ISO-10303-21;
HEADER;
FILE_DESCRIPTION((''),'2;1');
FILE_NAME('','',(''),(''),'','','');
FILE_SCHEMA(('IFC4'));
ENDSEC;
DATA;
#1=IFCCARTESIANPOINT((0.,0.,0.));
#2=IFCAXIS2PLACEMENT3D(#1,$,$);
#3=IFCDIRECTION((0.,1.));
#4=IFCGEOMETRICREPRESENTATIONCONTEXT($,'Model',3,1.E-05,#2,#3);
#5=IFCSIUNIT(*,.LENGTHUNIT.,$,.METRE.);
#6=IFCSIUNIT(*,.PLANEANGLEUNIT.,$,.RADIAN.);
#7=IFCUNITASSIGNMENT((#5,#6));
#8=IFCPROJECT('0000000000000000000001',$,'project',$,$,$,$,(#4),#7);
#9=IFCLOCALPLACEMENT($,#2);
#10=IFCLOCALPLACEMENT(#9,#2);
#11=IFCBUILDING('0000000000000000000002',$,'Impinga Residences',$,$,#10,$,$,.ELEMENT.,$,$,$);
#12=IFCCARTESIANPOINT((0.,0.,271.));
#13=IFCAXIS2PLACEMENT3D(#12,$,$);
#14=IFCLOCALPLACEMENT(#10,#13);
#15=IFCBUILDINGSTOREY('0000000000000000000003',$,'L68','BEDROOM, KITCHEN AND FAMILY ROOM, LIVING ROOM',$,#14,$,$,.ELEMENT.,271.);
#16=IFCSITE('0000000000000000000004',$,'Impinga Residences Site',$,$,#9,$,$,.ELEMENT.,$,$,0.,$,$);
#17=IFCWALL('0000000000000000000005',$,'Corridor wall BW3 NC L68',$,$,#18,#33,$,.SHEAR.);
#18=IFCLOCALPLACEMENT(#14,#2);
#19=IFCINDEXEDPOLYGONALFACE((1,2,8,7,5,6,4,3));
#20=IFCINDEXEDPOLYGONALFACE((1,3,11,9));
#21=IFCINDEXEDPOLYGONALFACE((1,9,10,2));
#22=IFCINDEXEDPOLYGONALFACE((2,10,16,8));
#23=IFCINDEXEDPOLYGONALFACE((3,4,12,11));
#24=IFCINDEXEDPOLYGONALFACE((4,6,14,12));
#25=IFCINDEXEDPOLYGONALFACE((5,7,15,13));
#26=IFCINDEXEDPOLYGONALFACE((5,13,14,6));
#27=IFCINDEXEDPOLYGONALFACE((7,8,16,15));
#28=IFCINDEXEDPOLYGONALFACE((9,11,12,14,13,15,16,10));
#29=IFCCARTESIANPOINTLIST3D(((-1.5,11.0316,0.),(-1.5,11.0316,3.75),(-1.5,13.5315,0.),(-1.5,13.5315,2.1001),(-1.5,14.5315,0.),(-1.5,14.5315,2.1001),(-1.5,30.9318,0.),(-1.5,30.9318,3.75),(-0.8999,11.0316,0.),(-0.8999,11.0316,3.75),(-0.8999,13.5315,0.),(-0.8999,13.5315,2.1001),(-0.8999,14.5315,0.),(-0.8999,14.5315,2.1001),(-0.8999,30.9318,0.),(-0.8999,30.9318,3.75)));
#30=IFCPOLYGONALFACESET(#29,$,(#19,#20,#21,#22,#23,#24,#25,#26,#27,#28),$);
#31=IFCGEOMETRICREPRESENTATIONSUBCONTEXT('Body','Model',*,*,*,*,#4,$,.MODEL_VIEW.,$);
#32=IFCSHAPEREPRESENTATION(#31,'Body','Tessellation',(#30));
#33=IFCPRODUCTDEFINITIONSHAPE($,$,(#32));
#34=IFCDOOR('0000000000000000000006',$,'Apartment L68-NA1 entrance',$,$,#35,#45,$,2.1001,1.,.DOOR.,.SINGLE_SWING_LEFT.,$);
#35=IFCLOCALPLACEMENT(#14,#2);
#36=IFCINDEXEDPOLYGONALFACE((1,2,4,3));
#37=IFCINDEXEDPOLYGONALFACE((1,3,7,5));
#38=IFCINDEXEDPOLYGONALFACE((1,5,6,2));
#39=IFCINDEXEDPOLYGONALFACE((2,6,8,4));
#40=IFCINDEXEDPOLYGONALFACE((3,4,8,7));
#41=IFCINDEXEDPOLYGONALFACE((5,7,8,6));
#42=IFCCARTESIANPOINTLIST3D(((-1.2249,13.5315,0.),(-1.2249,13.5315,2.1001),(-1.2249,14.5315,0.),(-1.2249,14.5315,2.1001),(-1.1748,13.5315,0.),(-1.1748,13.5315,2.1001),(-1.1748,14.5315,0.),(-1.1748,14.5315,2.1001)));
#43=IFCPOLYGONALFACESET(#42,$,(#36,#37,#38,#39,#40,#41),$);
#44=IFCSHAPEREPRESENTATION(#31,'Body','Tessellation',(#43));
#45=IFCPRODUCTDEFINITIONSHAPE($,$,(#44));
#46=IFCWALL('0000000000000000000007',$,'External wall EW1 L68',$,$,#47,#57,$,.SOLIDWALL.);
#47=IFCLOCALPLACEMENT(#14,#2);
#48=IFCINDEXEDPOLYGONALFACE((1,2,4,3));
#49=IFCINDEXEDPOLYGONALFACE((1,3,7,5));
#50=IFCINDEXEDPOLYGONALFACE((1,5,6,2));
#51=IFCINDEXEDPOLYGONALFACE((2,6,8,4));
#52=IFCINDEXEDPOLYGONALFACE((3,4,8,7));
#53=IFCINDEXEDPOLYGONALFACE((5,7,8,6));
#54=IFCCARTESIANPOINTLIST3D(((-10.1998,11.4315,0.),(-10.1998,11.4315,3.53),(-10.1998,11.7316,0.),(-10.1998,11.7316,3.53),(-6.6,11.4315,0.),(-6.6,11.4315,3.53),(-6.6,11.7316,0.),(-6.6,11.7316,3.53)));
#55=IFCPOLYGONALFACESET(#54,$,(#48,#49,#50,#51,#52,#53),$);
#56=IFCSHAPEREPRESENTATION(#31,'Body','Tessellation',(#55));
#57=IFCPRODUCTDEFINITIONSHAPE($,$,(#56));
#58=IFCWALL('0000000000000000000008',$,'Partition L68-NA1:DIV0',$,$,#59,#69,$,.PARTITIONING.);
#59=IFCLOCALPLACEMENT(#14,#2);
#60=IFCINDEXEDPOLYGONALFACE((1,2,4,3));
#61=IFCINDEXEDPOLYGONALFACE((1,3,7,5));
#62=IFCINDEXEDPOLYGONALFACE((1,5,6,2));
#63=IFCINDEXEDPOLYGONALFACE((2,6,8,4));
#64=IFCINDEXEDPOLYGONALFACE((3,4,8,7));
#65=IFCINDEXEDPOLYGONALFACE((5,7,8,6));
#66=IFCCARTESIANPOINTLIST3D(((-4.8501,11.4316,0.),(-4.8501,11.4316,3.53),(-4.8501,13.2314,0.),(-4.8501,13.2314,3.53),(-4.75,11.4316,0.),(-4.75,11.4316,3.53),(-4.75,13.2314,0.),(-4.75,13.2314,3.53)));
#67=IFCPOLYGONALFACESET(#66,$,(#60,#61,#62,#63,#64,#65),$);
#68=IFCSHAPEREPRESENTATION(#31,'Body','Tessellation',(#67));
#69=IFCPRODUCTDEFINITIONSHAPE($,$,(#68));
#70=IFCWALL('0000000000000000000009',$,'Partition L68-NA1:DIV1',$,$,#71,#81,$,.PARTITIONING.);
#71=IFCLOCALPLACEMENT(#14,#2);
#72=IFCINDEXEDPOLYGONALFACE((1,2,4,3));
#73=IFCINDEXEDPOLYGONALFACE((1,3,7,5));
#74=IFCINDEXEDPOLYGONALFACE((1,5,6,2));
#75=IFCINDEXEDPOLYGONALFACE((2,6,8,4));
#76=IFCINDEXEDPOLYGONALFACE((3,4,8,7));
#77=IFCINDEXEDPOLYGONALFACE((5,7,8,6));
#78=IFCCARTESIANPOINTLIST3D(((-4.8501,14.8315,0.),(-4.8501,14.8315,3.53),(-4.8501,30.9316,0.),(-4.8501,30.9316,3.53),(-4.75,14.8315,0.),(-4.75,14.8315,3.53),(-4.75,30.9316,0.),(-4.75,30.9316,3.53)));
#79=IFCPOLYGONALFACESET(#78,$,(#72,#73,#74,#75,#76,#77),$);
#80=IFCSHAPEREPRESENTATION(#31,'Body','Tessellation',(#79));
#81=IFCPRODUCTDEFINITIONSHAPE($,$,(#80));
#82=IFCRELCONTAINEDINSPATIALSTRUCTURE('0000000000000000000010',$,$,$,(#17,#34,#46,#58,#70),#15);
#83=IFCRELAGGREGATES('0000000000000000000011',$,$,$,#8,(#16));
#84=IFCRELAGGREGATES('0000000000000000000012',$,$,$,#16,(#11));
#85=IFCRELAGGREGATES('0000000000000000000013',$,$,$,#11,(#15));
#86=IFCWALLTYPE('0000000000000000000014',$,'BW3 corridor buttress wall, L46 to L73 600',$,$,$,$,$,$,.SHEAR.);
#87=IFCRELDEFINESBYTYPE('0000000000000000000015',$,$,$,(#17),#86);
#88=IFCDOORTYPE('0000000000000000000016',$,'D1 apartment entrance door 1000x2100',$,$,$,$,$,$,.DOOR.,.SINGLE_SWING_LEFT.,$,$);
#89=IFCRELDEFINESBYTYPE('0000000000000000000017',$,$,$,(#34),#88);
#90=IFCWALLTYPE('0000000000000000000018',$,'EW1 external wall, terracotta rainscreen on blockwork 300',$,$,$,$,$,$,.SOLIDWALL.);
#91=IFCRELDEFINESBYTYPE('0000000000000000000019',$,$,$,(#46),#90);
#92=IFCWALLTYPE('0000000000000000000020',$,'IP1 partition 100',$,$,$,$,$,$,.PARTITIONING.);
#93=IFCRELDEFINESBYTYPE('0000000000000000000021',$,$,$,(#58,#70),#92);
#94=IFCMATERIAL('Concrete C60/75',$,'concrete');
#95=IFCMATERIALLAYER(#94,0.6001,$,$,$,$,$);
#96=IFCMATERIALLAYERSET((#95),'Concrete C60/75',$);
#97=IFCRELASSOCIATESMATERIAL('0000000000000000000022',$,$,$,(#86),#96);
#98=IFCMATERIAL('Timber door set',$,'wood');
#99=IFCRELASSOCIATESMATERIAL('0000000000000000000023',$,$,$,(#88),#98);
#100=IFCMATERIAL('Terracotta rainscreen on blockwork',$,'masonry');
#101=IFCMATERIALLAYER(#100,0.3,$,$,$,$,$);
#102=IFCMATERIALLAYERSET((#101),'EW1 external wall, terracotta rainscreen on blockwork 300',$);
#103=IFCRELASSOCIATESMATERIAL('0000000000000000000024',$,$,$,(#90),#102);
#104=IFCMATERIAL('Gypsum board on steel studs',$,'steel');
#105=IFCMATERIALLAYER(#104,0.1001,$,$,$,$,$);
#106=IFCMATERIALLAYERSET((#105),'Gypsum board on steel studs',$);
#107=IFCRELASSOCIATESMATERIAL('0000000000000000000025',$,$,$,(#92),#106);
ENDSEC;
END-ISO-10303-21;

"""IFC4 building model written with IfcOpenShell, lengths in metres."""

from ifc_helpers import new_model, si_unit, direction, frame, frame_2d, origin, place, context, subcontext, project, spatial, rectangle, extrude, material, layer, layer_set, type_object, element, fill, save


model = new_model("IFC4")

# Units and contexts
model_context = context("Model", 3, precision=1e-05, world=origin(), true_north=direction((0.0, 1.0)))
body_context = subcontext(model_context, "Body", "Model", "MODEL_VIEW")
ifc_project = project(units=[si_unit("LENGTHUNIT", "METRE"), si_unit("PLANEANGLEUNIT", "RADIAN")], contexts=[model_context])

# Site, building, storey
site_placement = place(None, origin())
site = spatial("IfcSite", under=ifc_project, at=site_placement, Name="Impinga Residences Site", CompositionType="ELEMENT", RefElevation=0.0)
building_placement = place(site_placement, origin())
building = spatial("IfcBuilding", under=site, at=building_placement, Name="Impinga Residences", CompositionType="ELEMENT")
storey_placement = place(building_placement, frame((0.0, 0.0, 271.0)))
storey = spatial("IfcBuildingStorey", under=building, at=storey_placement, Name="L68", Description="BEDROOM, KITCHEN AND FAMILY ROOM, LIVING ROOM", CompositionType="ELEMENT", Elevation=271.0)

# Wall, opening, door
ifc_material_1 = material(Name="Concrete C60/75", Category="concrete")
ifc_layer_1 = layer(ifc_material_1, 0.6001)
ifc_layer_set_1 = layer_set([ifc_layer_1], Name="Concrete C60/75")
wall_type_1 = type_object("IfcWallType", Name="BW3 corridor buttress wall, L46 to L73 600", PredefinedType="SHEAR", material=ifc_layer_set_1)
wall_1_placement = place(storey_placement, frame((-1.2, 11.0315, 0.0), z_axis=(0.0, 0.0, 1.0), x_axis=(0.0, 1.0, 0.0)))
wall_1 = element("IfcWall", 1, at=wall_1_placement, inside=storey, type_object=wall_type_1, Name="Corridor wall BW3 NC L68", PredefinedType="SHEAR", context=body_context, shape_type="SweptSolid", body=[
    extrude(rectangle(XDim=19.9001, YDim=0.6001, at=frame_2d((9.9502, 0.0))), origin(), (0.0, 0.0, 1.0), 3.75),
])
opening_1_placement = place(wall_1_placement, frame((2.5, 0.0, 0.0)))
opening_1 = element("IfcOpeningElement", 2, at=opening_1_placement, cuts=wall_1, PredefinedType="OPENING", context=body_context, shape_type="SweptSolid", body=[
    extrude(rectangle(XDim=1.0, YDim=2.1001, at=frame_2d((0.5, 1.05))), frame((0.0, 0.3101, 0.0), z_axis=(0.0, -1.0, 0.0), x_axis=(1.0, 0.0, 0.0)), (0.0, 0.0, 1.0), 0.6201),
])
ifc_material_2 = material(Name="Timber door set", Category="wood")
door_type_1 = type_object("IfcDoorType", Name="D1 apartment entrance door 1000x2100", OperationType="SINGLE_SWING_LEFT", PredefinedType="DOOR", material=ifc_material_2)
door_1_placement = place(opening_1_placement, origin())
door_1 = element("IfcDoor", 3, at=door_1_placement, inside=storey, type_object=door_type_1, Name="Apartment L68-NA1 entrance", OperationType="SINGLE_SWING_LEFT", OverallHeight=2.1001, OverallWidth=1.0, PredefinedType="DOOR", context=body_context, shape_type="SweptSolid", body=[
    extrude(rectangle(XDim=1.0, YDim=2.1001, at=frame_2d((0.5, 1.05))), frame((0.0, 0.0249, 0.0), z_axis=(0.0, -1.0, 0.0), x_axis=(1.0, 0.0, 0.0)), (0.0, 0.0, 1.0), 0.05),
])
fill(opening_1, door_1)

# Walls
ifc_material_3 = material(Name="Terracotta rainscreen on blockwork", Category="masonry")
ifc_layer_2 = layer(ifc_material_3, 0.3)
ifc_layer_set_2 = layer_set([ifc_layer_2], Name="EW1 external wall, terracotta rainscreen on blockwork 300")
wall_type_2 = type_object("IfcWallType", Name="EW1 external wall, terracotta rainscreen on blockwork 300", PredefinedType="SOLIDWALL", material=ifc_layer_set_2)
wall_2_placement = place(storey_placement, frame((-6.6001, 11.5815, 0.0), z_axis=(0.0, 0.0, 1.0), x_axis=(-1.0, 0.0, 0.0)))
element("IfcWall", 4, at=wall_2_placement, inside=storey, type_object=wall_type_2, Name="External wall EW1 L68", PredefinedType="SOLIDWALL", context=body_context, shape_type="SweptSolid", body=[
    extrude(rectangle(XDim=3.5999, YDim=0.3, at=frame_2d((1.7998, 0.0))), origin(), (0.0, 0.0, 1.0), 3.53),
])
ifc_material_4 = material(Name="Gypsum board on steel studs", Category="steel")
ifc_layer_3 = layer(ifc_material_4, 0.1001)
ifc_layer_set_3 = layer_set([ifc_layer_3], Name="Gypsum board on steel studs")
wall_type_3 = type_object("IfcWallType", Name="IP1 partition 100", PredefinedType="PARTITIONING", material=ifc_layer_set_3)
wall_3_placement = place(storey_placement, frame((-4.8, 11.4316, 0.0), z_axis=(0.0, 0.0, 1.0), x_axis=(0.0, 1.0, 0.0)))
element("IfcWall", 5, at=wall_3_placement, inside=storey, type_object=wall_type_3, Name="Partition L68-NA1:DIV0", PredefinedType="PARTITIONING", context=body_context, shape_type="SweptSolid", body=[
    extrude(rectangle(XDim=1.7998, YDim=0.1001, at=frame_2d((0.8999, 0.0))), origin(), (0.0, 0.0, 1.0), 3.53),
])
wall_4_placement = place(storey_placement, frame((-4.8, 14.8315, 0.0), z_axis=(0.0, 0.0, 1.0), x_axis=(0.0, 1.0, 0.0)))
element("IfcWall", 6, at=wall_4_placement, inside=storey, type_object=wall_type_3, Name="Partition L68-NA1:DIV1", PredefinedType="PARTITIONING", context=body_context, shape_type="SweptSolid", body=[
    extrude(rectangle(XDim=16.1001, YDim=0.1001, at=frame_2d((8.05, 0.0))), origin(), (0.0, 0.0, 1.0), 3.53),
])

save(model, "model.ifc")
